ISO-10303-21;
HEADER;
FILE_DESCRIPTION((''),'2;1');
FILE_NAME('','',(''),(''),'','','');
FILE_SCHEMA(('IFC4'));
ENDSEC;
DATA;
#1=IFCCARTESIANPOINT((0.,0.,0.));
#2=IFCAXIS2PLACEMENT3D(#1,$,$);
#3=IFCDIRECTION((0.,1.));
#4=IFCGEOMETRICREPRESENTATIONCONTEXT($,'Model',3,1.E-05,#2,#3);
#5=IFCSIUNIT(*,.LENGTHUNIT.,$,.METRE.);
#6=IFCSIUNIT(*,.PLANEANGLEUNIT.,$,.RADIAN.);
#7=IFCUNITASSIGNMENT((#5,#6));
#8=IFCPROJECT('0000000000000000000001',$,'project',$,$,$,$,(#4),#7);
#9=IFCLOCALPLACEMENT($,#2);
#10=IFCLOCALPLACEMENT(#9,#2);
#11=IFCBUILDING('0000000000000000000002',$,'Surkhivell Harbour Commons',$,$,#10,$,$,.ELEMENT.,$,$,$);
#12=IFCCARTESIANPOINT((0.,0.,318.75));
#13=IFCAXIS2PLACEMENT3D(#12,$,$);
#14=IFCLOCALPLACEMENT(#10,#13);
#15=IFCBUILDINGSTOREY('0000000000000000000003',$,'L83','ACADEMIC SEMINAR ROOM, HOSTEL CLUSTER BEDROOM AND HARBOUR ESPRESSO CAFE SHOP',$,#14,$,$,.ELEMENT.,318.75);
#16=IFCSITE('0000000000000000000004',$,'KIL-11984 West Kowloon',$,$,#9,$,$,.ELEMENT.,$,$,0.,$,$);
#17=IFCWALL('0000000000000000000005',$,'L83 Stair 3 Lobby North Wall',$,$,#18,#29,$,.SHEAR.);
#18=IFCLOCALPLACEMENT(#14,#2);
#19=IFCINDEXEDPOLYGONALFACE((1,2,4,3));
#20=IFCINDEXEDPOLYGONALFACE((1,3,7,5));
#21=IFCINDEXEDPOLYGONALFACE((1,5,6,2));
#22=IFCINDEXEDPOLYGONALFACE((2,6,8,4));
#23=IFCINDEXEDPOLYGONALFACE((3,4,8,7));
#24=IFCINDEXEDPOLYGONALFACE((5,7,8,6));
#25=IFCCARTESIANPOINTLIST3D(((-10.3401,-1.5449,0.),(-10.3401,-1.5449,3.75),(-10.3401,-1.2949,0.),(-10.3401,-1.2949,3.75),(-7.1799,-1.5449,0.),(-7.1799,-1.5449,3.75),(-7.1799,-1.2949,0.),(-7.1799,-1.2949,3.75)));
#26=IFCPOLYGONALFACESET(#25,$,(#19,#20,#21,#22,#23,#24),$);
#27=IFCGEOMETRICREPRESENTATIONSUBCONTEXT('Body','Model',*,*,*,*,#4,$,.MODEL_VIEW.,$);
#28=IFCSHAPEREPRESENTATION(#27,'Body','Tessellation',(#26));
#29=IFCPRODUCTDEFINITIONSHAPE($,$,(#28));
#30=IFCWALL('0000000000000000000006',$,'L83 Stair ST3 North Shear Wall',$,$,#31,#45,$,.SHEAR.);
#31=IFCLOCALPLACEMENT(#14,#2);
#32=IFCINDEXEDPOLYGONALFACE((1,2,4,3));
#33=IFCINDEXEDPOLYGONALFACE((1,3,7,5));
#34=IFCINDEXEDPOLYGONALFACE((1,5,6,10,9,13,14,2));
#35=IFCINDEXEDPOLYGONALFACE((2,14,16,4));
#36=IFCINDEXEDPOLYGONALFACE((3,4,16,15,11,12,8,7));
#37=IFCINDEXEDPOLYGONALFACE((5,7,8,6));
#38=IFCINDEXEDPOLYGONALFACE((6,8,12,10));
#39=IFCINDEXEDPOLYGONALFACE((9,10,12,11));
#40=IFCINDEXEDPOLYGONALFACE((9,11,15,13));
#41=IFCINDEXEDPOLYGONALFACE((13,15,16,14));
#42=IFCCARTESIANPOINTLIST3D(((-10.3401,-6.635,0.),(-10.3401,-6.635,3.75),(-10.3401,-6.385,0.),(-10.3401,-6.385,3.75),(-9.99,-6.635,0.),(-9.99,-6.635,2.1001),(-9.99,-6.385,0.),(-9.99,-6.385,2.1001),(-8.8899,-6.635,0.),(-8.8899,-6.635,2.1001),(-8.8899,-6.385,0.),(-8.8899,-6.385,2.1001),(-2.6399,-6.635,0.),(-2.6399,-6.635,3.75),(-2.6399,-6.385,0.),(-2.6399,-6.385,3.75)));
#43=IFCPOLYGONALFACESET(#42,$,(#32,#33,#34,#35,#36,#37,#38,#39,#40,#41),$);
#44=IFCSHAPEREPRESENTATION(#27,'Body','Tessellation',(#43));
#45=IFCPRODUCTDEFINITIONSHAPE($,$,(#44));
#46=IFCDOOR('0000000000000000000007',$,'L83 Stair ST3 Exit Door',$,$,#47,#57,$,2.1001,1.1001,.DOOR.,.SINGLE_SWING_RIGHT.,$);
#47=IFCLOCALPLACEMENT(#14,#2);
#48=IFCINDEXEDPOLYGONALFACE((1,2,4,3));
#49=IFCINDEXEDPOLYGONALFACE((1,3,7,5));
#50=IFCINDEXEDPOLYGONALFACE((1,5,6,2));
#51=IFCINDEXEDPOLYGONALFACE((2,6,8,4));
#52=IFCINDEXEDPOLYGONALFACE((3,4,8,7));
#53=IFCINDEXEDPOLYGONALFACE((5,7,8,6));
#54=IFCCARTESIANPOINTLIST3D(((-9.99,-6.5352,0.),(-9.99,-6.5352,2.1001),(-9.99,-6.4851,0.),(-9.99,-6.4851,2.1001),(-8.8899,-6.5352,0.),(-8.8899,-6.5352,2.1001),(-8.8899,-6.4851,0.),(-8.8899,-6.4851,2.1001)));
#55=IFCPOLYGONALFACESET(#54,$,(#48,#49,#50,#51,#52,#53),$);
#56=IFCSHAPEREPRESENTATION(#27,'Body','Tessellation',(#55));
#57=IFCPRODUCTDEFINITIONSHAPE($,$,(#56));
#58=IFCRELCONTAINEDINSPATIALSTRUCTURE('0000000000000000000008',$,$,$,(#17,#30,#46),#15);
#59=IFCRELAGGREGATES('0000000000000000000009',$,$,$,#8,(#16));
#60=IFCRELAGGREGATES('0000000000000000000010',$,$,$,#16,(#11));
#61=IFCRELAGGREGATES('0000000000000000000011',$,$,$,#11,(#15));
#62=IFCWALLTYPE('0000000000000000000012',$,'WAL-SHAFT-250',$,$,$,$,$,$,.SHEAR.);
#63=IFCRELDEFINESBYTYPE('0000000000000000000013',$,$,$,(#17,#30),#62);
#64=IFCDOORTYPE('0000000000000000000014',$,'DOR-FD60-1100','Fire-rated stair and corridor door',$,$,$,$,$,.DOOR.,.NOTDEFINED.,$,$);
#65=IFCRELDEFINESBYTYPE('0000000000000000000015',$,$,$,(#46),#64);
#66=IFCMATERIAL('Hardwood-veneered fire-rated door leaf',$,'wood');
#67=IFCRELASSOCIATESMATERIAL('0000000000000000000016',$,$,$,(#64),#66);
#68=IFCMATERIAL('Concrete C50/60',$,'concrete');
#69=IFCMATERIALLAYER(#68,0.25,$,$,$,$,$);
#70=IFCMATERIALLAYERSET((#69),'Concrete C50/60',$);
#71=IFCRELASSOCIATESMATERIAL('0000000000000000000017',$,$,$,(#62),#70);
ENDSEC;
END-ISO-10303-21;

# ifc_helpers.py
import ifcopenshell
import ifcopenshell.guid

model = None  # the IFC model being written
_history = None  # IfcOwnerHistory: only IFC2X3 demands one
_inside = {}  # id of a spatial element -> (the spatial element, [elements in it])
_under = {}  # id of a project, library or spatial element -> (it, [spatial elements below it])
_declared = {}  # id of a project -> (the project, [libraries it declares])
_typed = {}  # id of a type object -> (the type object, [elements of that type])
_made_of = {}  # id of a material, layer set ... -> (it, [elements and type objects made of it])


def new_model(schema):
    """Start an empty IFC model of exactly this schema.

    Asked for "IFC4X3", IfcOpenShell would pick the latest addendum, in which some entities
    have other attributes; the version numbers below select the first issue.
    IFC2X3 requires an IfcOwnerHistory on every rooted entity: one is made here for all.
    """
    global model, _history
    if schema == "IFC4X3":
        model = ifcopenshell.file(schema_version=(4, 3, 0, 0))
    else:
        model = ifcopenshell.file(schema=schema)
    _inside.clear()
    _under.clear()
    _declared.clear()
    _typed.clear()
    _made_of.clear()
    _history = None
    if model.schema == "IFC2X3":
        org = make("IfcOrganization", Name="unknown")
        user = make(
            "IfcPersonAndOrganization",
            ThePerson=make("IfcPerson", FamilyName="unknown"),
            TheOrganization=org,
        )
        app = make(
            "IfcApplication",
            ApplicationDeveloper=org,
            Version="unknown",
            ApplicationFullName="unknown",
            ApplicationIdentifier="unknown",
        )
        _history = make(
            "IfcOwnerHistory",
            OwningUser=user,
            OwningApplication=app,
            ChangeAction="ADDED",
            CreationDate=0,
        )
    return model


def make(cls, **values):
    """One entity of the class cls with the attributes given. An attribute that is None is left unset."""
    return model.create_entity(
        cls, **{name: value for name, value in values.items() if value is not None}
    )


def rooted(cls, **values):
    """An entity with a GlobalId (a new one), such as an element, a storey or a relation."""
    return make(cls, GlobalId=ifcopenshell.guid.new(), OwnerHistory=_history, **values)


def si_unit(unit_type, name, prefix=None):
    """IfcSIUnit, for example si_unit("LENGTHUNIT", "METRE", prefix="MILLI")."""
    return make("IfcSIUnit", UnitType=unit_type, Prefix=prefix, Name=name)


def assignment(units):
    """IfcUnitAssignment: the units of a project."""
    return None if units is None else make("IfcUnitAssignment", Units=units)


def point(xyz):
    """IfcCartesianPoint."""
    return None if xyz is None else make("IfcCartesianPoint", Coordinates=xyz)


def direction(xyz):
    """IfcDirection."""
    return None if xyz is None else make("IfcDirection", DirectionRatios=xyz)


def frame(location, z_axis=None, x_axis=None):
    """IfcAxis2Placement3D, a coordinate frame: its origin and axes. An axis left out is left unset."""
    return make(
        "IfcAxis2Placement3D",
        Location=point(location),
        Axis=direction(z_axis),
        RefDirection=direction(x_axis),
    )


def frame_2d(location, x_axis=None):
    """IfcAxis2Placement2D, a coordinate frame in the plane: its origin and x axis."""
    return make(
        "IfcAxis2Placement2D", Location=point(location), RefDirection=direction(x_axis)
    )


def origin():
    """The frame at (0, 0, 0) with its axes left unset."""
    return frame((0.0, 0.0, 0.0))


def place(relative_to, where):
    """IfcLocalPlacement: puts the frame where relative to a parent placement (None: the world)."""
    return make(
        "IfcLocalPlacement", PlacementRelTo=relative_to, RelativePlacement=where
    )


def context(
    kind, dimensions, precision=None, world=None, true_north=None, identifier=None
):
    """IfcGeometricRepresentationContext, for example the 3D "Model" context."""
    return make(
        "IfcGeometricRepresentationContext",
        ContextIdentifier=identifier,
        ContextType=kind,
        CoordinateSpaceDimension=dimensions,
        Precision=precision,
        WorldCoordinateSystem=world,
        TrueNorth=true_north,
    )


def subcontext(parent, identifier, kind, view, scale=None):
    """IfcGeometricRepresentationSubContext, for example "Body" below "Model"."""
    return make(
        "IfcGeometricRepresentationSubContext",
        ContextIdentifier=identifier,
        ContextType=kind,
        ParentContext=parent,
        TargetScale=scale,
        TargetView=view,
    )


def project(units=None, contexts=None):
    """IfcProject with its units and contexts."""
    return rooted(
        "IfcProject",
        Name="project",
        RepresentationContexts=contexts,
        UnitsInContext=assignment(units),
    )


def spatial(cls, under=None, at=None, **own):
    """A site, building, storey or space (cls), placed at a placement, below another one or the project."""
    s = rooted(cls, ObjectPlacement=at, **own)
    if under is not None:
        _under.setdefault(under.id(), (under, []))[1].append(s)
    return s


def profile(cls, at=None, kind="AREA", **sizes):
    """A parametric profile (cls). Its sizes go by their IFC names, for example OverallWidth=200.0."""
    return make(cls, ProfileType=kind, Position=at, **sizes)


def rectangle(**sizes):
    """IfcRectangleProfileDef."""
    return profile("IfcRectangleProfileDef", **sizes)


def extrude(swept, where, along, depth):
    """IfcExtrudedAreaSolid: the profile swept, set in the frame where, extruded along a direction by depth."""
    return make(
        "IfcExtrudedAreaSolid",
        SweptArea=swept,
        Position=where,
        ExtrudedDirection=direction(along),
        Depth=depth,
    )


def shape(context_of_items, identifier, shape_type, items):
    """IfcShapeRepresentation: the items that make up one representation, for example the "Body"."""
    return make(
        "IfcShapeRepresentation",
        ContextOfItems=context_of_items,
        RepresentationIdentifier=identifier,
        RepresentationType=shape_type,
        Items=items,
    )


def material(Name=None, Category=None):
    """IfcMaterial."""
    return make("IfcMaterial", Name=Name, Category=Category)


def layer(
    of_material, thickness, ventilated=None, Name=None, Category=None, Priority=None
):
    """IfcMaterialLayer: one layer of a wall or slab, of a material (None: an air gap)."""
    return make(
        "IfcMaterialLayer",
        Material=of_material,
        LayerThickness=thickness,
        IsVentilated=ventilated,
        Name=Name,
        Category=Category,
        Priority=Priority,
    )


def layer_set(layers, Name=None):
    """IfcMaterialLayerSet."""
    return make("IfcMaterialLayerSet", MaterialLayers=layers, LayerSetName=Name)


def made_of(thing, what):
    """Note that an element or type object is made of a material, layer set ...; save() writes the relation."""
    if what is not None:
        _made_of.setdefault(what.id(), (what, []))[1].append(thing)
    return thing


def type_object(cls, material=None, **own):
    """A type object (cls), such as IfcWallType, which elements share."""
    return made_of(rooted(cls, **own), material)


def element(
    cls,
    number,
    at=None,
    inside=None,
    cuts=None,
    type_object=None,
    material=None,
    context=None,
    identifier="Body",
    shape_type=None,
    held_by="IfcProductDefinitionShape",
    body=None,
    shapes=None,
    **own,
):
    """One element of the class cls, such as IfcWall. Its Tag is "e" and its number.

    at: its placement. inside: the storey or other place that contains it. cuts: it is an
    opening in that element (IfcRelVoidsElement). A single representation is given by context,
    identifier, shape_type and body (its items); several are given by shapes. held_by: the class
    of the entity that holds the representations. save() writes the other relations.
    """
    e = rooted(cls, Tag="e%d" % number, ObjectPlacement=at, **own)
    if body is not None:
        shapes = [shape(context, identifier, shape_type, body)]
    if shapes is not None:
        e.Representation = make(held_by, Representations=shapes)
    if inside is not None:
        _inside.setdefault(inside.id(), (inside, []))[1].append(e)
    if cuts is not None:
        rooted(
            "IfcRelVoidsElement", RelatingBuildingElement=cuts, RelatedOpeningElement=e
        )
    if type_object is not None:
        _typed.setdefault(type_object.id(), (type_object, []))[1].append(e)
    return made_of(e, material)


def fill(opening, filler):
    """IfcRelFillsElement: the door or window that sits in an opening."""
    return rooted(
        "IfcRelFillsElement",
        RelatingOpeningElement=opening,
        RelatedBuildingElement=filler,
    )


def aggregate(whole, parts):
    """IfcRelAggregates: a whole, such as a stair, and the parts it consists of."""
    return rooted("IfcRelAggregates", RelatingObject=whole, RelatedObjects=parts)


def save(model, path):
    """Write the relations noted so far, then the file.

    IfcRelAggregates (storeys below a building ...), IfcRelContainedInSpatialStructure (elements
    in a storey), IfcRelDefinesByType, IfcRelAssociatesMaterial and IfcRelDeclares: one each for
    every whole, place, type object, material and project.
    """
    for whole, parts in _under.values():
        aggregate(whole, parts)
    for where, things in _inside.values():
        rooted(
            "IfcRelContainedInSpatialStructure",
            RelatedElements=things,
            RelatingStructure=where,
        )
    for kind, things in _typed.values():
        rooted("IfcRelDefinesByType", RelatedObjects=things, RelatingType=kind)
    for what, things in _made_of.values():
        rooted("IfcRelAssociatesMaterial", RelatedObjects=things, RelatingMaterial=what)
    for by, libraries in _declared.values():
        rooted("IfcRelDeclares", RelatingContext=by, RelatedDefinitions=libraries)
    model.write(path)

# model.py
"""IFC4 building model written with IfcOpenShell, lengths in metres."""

from ifc_helpers import new_model, si_unit, direction, frame, frame_2d, origin, place, context, subcontext, project, spatial, rectangle, extrude, material, layer, layer_set, type_object, element, fill, save


model = new_model("IFC4")

# Units and contexts
model_context = context("Model", 3, precision=1e-05, world=origin(), true_north=direction((0.0, 1.0)))
body_context = subcontext(model_context, "Body", "Model", "MODEL_VIEW")
ifc_project = project(units=[si_unit("LENGTHUNIT", "METRE"), si_unit("PLANEANGLEUNIT", "RADIAN")], contexts=[model_context])

# Site, building, storey
site_placement = place(None, origin())
site = spatial("IfcSite", under=ifc_project, at=site_placement, Name="KIL-11984 West Kowloon", CompositionType="ELEMENT", RefElevation=0.0)
building_placement = place(site_placement, origin())
building = spatial("IfcBuilding", under=site, at=building_placement, Name="Surkhivell Harbour Commons", CompositionType="ELEMENT")
storey_placement = place(building_placement, frame((0.0, 0.0, 318.75)))
storey = spatial("IfcBuildingStorey", under=building, at=storey_placement, Name="L83", Description="ACADEMIC SEMINAR ROOM, HOSTEL CLUSTER BEDROOM AND HARBOUR ESPRESSO CAFE SHOP", CompositionType="ELEMENT", Elevation=318.75)

# Shared definitions
ifc_material_1 = material(Name="Concrete C50/60", Category="concrete")
ifc_material_2 = material(Name="Hardwood-veneered fire-rated door leaf", Category="wood")
door_type_1 = type_object("IfcDoorType", Name="DOR-FD60-1100", Description="Fire-rated stair and corridor door", OperationType="NOTDEFINED", PredefinedType="DOOR", material=ifc_material_2)

# Wall
ifc_layer_1 = layer(ifc_material_1, 0.25)
ifc_layer_set_1 = layer_set([ifc_layer_1], Name="Concrete C50/60")
wall_type_1 = type_object("IfcWallType", Name="WAL-SHAFT-250", PredefinedType="SHEAR", material=ifc_layer_set_1)
wall_1_placement = place(storey_placement, frame((-10.3401, -1.4199, 0.0), z_axis=(0.0, 0.0, 1.0), x_axis=(1.0, 0.0, 0.0)))
element("IfcWall", 1, at=wall_1_placement, inside=storey, type_object=wall_type_1, Name="L83 Stair 3 Lobby North Wall", PredefinedType="SHEAR", context=body_context, shape_type="SweptSolid", body=[
    extrude(rectangle(XDim=3.1602, YDim=0.25, at=frame_2d((1.5801, 0.0))), origin(), (0.0, 0.0, 1.0), 3.75),
])

# Wall, opening, door
wall_2_placement = place(storey_placement, frame((-10.3401, -6.51, 0.0), z_axis=(0.0, 0.0, 1.0), x_axis=(1.0, 0.0, 0.0)))
wall_2 = element("IfcWall", 2, at=wall_2_placement, inside=storey, type_object=wall_type_1, Name="L83 Stair ST3 North Shear Wall", PredefinedType="SHEAR", context=body_context, shape_type="SweptSolid", body=[
    extrude(rectangle(XDim=7.7002, YDim=0.25, at=frame_2d((3.8501, 0.0))), origin(), (0.0, 0.0, 1.0), 3.75),
])
opening_1_placement = place(wall_2_placement, frame((0.3501, 0.0, 0.0)))
opening_1 = element("IfcOpeningElement", 3, at=opening_1_placement, cuts=wall_2, PredefinedType="OPENING", context=body_context, shape_type="SweptSolid", body=[
    extrude(rectangle(XDim=1.1001, YDim=2.1001, at=frame_2d((0.55, 1.05))), frame((0.0, 0.135, 0.0), z_axis=(0.0, -1.0, 0.0), x_axis=(1.0, 0.0, 0.0)), (0.0, 0.0, 1.0), 0.27),
])
door_1_placement = place(opening_1_placement, origin())
door_1 = element("IfcDoor", 4, at=door_1_placement, inside=storey, type_object=door_type_1, Name="L83 Stair ST3 Exit Door", OperationType="SINGLE_SWING_RIGHT", OverallHeight=2.1001, OverallWidth=1.1001, PredefinedType="DOOR", context=body_context, shape_type="SweptSolid", body=[
    extrude(rectangle(XDim=1.1001, YDim=2.1001, at=frame_2d((0.55, 1.05))), frame((0.0, 0.0249, 0.0), z_axis=(0.0, -1.0, 0.0), x_axis=(1.0, 0.0, 0.0)), (0.0, 0.0, 1.0), 0.05),
])
fill(opening_1, door_1)

save(model, "model.ifc")
